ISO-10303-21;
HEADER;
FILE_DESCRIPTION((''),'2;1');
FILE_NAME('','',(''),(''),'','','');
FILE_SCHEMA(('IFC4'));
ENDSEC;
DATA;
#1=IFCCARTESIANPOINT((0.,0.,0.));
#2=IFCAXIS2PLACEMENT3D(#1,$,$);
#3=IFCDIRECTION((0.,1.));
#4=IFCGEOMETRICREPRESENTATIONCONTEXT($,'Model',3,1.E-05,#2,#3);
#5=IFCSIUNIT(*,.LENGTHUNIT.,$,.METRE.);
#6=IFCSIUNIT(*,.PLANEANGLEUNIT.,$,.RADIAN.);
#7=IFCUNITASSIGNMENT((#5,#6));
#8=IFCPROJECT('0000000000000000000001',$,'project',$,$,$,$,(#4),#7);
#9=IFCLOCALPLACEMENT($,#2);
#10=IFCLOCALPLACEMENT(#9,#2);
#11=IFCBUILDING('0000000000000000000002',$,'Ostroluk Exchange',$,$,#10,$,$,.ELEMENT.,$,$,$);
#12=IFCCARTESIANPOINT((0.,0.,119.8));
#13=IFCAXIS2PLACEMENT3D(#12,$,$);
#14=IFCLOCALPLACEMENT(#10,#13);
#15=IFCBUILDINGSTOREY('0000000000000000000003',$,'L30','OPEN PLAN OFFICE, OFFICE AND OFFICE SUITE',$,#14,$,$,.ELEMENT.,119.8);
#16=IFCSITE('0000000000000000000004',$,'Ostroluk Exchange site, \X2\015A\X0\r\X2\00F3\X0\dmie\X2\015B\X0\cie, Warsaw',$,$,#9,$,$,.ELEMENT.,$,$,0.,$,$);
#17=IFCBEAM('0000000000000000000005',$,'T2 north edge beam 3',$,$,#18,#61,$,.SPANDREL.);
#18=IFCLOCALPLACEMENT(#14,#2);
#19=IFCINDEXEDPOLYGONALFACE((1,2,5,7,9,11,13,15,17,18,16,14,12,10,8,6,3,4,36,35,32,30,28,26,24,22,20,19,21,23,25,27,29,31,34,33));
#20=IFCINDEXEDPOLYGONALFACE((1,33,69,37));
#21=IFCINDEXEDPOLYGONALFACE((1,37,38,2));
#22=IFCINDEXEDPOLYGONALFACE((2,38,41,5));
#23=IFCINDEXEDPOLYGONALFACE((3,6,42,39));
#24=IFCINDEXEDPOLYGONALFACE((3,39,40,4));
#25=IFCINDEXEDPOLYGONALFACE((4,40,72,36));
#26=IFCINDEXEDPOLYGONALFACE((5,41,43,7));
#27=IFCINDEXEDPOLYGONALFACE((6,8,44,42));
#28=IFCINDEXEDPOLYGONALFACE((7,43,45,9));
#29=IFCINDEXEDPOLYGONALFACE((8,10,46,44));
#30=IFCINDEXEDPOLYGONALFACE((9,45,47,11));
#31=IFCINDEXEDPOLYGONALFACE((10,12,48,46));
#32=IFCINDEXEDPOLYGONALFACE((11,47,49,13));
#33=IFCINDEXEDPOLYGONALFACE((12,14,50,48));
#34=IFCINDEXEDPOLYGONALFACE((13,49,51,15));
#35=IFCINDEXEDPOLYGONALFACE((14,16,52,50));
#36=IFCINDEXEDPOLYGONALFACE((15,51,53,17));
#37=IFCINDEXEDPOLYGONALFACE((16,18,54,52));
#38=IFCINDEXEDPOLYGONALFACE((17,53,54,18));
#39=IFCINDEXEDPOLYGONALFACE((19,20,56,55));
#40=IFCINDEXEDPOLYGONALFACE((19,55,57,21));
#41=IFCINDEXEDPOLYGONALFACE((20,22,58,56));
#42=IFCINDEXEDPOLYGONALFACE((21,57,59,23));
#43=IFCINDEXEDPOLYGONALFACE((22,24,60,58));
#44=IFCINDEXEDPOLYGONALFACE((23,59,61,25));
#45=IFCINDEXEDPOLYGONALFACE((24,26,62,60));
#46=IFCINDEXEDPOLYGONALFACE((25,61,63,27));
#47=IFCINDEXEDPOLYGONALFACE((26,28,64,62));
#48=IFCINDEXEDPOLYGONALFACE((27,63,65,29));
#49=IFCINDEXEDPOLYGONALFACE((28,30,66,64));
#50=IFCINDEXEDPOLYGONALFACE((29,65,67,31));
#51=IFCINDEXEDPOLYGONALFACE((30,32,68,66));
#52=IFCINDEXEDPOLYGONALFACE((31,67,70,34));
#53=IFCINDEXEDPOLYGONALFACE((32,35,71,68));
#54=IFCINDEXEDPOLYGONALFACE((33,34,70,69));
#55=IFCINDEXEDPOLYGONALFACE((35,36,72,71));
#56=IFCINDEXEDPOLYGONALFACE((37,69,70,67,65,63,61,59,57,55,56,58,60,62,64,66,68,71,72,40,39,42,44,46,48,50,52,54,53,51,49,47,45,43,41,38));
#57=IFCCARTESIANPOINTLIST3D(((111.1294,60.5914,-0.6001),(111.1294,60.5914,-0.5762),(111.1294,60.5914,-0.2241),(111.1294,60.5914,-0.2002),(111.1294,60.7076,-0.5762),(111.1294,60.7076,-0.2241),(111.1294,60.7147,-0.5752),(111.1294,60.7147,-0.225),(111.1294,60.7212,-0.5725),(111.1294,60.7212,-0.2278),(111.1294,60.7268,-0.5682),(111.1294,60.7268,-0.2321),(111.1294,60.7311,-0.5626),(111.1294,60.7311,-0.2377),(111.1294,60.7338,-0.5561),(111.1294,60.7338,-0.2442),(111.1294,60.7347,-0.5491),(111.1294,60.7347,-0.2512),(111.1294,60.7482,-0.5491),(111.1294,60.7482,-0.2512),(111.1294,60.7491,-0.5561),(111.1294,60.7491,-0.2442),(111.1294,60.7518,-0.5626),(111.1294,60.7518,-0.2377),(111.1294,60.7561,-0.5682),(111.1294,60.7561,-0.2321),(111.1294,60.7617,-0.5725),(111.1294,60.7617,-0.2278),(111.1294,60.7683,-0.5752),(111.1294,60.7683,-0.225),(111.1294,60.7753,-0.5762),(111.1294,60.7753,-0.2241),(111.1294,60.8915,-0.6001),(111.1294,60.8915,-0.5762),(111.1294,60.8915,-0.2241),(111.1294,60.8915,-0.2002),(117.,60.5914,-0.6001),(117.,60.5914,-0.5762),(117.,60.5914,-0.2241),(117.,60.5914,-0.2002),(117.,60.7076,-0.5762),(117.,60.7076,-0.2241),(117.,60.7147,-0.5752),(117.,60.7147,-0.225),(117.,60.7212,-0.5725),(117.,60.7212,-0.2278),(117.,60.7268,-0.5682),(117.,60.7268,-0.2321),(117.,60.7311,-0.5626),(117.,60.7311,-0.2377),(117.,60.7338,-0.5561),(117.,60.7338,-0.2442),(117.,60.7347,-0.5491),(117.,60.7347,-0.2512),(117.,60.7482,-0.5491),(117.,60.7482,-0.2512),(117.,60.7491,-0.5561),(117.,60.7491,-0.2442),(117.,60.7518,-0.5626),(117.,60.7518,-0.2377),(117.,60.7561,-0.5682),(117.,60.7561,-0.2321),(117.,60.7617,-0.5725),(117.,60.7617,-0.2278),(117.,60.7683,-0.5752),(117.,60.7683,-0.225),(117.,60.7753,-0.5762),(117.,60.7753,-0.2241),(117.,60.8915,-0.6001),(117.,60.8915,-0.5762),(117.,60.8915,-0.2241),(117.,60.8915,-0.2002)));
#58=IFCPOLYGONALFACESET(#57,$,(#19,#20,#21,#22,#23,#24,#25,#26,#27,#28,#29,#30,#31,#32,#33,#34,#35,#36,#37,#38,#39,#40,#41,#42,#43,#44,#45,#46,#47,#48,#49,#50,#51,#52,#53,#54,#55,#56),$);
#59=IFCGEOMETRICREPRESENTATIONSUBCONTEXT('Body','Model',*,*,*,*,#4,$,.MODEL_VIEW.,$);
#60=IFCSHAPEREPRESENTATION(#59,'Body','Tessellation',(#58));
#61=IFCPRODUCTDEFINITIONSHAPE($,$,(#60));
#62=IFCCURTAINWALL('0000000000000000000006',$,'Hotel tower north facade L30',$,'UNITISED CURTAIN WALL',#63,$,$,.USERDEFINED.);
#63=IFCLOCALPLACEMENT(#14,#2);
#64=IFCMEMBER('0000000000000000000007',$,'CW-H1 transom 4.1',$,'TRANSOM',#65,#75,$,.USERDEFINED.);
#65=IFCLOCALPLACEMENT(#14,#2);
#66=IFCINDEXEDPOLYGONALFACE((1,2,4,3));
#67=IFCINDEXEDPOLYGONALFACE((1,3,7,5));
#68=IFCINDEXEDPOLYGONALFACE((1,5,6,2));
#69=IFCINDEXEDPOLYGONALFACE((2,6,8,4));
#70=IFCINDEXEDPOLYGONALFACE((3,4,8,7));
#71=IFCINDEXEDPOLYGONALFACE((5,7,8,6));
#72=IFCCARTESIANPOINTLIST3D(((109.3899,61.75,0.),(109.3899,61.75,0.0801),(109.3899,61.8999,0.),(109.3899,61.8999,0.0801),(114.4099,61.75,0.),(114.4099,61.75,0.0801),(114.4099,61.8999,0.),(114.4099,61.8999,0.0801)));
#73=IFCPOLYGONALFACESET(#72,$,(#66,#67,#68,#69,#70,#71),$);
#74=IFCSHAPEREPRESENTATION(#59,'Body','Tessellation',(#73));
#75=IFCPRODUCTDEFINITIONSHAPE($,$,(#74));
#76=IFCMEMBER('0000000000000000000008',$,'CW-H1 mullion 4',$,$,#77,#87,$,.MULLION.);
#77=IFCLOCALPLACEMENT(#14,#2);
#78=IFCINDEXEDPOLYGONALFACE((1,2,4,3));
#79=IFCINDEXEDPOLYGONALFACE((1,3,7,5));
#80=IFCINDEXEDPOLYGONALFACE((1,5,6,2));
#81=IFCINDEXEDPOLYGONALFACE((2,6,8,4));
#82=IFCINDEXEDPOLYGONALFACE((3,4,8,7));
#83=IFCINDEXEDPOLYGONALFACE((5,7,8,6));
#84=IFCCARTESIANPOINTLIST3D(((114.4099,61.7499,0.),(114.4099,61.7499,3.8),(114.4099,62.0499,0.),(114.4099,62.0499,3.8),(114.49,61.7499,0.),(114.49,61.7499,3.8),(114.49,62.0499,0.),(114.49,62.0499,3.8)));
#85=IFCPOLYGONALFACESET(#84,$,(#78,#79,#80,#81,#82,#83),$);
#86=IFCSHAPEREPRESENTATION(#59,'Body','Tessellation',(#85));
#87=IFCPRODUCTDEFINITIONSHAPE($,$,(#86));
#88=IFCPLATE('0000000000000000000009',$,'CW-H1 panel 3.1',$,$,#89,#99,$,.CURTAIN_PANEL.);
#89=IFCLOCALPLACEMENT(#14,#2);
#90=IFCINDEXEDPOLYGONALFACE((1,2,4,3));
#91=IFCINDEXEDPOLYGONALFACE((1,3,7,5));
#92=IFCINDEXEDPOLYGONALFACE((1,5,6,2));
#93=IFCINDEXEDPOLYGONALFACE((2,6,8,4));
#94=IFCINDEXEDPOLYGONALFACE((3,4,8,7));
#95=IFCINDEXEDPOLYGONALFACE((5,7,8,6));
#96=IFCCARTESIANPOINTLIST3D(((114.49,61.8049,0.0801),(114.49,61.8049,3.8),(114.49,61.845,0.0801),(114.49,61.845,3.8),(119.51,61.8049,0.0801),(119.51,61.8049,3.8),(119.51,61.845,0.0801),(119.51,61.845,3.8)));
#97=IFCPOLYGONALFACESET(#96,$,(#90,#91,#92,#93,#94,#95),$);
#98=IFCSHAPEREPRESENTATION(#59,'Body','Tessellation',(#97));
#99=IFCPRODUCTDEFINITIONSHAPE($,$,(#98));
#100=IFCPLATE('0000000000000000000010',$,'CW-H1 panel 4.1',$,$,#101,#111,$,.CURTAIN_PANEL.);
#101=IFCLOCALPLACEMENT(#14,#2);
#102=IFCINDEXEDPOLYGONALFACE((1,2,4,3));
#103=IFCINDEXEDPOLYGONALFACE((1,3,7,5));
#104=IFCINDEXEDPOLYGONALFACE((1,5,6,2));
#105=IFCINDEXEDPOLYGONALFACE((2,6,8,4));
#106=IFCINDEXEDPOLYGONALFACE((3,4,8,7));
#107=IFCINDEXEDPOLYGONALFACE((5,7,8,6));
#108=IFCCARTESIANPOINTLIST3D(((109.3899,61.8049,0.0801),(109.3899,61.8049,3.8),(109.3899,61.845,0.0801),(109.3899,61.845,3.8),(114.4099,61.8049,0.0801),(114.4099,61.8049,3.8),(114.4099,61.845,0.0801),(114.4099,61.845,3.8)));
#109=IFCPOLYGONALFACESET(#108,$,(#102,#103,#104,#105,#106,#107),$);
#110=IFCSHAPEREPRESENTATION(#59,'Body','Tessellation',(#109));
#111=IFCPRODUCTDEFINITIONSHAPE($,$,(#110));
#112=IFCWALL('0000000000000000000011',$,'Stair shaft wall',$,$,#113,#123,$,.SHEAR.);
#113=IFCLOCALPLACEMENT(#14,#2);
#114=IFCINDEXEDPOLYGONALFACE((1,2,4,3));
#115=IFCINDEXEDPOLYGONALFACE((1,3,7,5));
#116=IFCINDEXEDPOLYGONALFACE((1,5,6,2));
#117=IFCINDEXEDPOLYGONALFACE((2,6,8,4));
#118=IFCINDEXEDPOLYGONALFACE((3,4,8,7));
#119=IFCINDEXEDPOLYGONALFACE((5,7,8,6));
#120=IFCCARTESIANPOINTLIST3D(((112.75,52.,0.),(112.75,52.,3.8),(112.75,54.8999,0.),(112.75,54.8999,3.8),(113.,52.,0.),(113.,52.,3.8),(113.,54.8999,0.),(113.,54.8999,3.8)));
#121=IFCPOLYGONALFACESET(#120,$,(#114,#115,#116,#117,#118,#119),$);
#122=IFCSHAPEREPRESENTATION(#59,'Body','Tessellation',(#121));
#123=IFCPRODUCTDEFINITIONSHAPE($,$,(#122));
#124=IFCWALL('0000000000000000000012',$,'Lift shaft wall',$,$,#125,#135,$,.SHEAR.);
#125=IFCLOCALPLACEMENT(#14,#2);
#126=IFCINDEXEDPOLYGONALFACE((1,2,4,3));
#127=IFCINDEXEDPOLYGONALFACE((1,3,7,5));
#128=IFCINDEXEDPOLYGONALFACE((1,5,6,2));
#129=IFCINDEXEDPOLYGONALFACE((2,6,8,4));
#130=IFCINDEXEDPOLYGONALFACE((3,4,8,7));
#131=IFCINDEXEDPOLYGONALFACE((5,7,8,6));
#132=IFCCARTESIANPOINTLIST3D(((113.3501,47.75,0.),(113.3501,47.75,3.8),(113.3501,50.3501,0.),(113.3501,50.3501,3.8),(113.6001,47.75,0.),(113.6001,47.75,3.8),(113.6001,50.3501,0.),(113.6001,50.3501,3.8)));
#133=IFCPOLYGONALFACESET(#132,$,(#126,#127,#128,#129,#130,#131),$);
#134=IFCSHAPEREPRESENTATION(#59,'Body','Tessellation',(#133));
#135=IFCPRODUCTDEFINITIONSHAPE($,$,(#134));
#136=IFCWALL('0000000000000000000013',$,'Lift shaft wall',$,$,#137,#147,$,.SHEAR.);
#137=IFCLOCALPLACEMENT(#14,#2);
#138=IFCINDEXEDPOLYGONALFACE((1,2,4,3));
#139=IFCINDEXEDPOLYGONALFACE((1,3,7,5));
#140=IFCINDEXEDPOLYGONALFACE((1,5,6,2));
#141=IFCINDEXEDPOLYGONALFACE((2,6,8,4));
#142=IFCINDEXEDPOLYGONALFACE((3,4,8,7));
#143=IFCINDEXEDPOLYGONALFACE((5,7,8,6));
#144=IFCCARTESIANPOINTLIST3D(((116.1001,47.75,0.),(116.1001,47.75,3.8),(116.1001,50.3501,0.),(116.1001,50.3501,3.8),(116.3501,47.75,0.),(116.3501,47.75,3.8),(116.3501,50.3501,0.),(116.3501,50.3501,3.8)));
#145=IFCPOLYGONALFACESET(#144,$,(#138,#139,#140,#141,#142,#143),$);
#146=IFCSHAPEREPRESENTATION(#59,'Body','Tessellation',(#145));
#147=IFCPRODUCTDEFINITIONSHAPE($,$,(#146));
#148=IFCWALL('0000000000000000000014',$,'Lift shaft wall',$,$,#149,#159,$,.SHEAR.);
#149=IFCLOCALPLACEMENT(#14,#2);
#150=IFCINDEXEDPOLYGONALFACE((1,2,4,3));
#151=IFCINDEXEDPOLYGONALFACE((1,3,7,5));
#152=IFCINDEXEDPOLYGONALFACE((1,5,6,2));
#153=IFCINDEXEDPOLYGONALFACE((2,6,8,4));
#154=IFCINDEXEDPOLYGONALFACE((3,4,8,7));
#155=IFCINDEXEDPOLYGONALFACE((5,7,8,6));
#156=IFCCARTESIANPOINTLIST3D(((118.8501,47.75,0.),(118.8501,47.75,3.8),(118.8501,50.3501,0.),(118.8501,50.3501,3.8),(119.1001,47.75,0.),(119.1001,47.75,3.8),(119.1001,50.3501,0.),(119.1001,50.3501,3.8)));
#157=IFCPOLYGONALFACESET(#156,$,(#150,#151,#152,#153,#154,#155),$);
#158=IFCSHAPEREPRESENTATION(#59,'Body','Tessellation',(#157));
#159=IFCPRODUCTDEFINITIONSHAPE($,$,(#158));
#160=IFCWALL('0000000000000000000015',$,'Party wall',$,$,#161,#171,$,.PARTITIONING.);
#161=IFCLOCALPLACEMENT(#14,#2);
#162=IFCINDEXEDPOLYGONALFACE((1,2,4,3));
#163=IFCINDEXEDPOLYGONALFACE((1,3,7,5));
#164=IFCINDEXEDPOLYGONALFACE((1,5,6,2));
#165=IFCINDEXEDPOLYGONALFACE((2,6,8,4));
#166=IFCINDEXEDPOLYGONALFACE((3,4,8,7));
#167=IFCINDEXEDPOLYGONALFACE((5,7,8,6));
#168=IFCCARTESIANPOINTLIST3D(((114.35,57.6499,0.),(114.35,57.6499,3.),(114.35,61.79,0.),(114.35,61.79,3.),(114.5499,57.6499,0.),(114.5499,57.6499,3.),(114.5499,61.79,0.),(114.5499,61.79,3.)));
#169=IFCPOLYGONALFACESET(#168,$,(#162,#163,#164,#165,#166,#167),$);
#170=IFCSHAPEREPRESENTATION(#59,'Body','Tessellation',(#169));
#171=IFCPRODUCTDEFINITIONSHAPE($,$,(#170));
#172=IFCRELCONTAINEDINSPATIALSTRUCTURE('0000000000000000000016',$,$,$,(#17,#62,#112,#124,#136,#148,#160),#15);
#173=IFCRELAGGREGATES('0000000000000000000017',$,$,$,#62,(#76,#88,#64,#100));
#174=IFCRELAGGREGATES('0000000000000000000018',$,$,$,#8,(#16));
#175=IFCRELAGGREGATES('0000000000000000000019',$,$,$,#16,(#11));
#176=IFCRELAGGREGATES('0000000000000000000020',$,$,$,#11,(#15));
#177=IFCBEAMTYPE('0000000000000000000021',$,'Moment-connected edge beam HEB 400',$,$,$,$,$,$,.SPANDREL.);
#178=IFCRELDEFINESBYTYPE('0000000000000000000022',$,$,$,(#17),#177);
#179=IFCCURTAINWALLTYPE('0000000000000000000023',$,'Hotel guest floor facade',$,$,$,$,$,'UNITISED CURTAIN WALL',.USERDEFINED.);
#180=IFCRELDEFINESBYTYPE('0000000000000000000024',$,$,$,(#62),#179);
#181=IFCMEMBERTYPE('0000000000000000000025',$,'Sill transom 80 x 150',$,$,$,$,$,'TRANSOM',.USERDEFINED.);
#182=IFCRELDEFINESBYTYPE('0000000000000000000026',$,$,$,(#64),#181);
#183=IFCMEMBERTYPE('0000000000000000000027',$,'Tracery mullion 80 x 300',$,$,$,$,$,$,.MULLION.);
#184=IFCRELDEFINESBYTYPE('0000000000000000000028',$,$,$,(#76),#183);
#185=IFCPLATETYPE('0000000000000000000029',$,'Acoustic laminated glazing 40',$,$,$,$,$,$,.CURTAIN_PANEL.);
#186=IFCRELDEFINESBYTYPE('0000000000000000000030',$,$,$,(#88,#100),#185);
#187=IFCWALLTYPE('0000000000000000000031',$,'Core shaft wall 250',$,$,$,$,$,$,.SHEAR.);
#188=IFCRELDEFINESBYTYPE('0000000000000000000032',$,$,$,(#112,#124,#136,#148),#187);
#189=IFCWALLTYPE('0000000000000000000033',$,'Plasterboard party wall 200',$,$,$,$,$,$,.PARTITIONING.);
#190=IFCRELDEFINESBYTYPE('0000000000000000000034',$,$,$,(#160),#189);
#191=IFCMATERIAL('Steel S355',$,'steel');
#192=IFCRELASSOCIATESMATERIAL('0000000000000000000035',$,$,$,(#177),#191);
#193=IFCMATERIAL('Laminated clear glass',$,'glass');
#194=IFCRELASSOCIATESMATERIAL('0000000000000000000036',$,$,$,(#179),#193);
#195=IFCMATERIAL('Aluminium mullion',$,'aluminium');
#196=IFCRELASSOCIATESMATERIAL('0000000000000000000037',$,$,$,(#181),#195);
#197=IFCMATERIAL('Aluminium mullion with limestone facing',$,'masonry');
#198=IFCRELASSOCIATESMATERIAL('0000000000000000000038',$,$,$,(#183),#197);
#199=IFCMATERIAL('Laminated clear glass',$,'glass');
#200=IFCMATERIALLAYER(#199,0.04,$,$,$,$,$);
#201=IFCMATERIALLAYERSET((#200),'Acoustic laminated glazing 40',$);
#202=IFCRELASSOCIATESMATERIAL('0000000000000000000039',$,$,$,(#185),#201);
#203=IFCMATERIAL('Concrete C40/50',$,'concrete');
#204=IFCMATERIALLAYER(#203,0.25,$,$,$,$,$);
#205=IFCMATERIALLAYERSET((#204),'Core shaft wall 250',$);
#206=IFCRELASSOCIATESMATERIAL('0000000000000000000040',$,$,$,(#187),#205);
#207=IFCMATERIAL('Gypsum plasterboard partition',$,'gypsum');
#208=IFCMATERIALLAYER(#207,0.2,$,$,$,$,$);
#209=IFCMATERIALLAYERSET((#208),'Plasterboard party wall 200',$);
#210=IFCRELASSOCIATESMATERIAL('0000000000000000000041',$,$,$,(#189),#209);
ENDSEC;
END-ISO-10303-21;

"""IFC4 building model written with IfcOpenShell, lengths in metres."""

from ifc_helpers import new_model, si_unit, direction, frame, frame_2d, origin, origin_2d, place, context, subcontext, project, spatial, rectangle, i_section, extrude, material, layer, layer_set, material_profile, profile_set, type_object, element, aggregate, save


model = new_model("IFC4")

# Units and contexts
model_context = context("Model", 3, precision=1e-05, world=origin(), true_north=direction((0.0, 1.0)))
body_context = subcontext(model_context, "Body", "Model", "MODEL_VIEW")
ifc_project = project(units=[si_unit("LENGTHUNIT", "METRE"), si_unit("PLANEANGLEUNIT", "RADIAN")], contexts=[model_context])

# Site, building, storey
site_placement = place(None, origin())
site = spatial("IfcSite", under=ifc_project, at=site_placement, Name="Ostroluk Exchange site, Śródmieście, Warsaw", CompositionType="ELEMENT", RefElevation=0.0)
building_placement = place(site_placement, origin())
building = spatial("IfcBuilding", under=site, at=building_placement, Name="Ostroluk Exchange", CompositionType="ELEMENT")
storey_placement = place(building_placement, frame((0.0, 0.0, 119.8)))
storey = spatial("IfcBuildingStorey", under=building, at=storey_placement, Name="L30", Description="OPEN PLAN OFFICE, OFFICE AND OFFICE SUITE", CompositionType="ELEMENT", Elevation=119.8)

# Beam
ifc_material_1 = material(Name="Steel S355", Category="steel")
ifc_material_profile_1 = material_profile(ifc_material_1, i_section(OverallWidth=0.3, OverallDepth=0.3999, WebThickness=0.0134, FlangeThickness=0.0239, FilletRadius=0.0271, at=origin_2d()), Name="HEB 400")
ifc_profile_set_1 = profile_set([ifc_material_profile_1], Name="Steel S355")
beam_type_1 = type_object("IfcBeamType", Name="Moment-connected edge beam HEB 400", PredefinedType="SPANDREL", material=ifc_profile_set_1)
beam_placement = place(storey_placement, frame((117.0, 60.7415, -0.4001), z_axis=(-1.0, 0.0, 0.0), x_axis=(0.0, -1.0, 0.0)))
element("IfcBeam", 1, at=beam_placement, inside=storey, type_object=beam_type_1, Name="T2 north edge beam 3", PredefinedType="SPANDREL", context=body_context, shape_type="SweptSolid", body=[
    extrude(i_section(OverallWidth=0.3, OverallDepth=0.3999, WebThickness=0.0134, FlangeThickness=0.0239, FilletRadius=0.0271, at=origin_2d()), origin(), (0.0, 0.0, 1.0), 5.8706),
])

# Curtain wall, members, plates
ifc_material_2 = material(Name="Laminated clear glass", Category="glass")
curtain_wall_type = type_object("IfcCurtainWallType", Name="Hotel guest floor facade", ElementType="UNITISED CURTAIN WALL", PredefinedType="USERDEFINED", material=ifc_material_2)
curtain_wall_placement = place(storey_placement, origin())
curtain_wall = element("IfcCurtainWall", 2, at=curtain_wall_placement, inside=storey, type_object=curtain_wall_type, Name="Hotel tower north facade L30", ObjectType="UNITISED CURTAIN WALL", PredefinedType="USERDEFINED")
ifc_material_3 = material(Name="Aluminium mullion", Category="aluminium")
ifc_material_profile_2 = material_profile(ifc_material_3, rectangle(XDim=0.1499, YDim=0.0801, at=origin_2d()), Name="Sill transom 80 x 150")
ifc_profile_set_2 = profile_set([ifc_material_profile_2], Name="Aluminium mullion")
member_type_1 = type_object("IfcMemberType", Name="Sill transom 80 x 150", ElementType="TRANSOM", PredefinedType="USERDEFINED", material=ifc_profile_set_2)
member_1_placement = place(storey_placement, frame((114.4099, 61.825, 0.04), z_axis=(-1.0, 0.0, 0.0), x_axis=(0.0, -1.0, 0.0)))
member_1 = element("IfcMember", 3, at=member_1_placement, type_object=member_type_1, Name="CW-H1 transom 4.1", ObjectType="TRANSOM", PredefinedType="USERDEFINED", context=body_context, shape_type="SweptSolid", body=[
    extrude(rectangle(XDim=0.1499, YDim=0.0801, at=origin_2d()), origin(), (0.0, 0.0, 1.0), 5.02),
])
ifc_material_4 = material(Name="Aluminium mullion with limestone facing", Category="masonry")
ifc_material_profile_3 = material_profile(ifc_material_4, rectangle(XDim=0.3, YDim=0.0801, at=origin_2d()), Name="Tracery mullion 80 x 300")
ifc_profile_set_3 = profile_set([ifc_material_profile_3], Name="Aluminium mullion with limestone facing")
member_type_2 = type_object("IfcMemberType", Name="Tracery mullion 80 x 300", PredefinedType="MULLION", material=ifc_profile_set_3)
member_2_placement = place(storey_placement, frame((114.45, 61.8999, 0.0), z_axis=(0.0, 0.0, 1.0), x_axis=(0.0, -1.0, 0.0)))
member_2 = element("IfcMember", 4, at=member_2_placement, type_object=member_type_2, Name="CW-H1 mullion 4", PredefinedType="MULLION", context=body_context, shape_type="SweptSolid", body=[
    extrude(rectangle(XDim=0.3, YDim=0.0801, at=origin_2d()), origin(), (0.0, 0.0, 1.0), 3.8),
])
ifc_material_5 = material(Name="Laminated clear glass", Category="glass")
ifc_layer_1 = layer(ifc_material_5, 0.04)
ifc_layer_set_1 = layer_set([ifc_layer_1], Name="Acoustic laminated glazing 40")
plate_type = type_object("IfcPlateType", Name="Acoustic laminated glazing 40", PredefinedType="CURTAIN_PANEL", material=ifc_layer_set_1)
plate_1_placement = place(storey_placement, frame((117.0, 61.825, 0.0801), z_axis=(0.0, 0.0, 1.0), x_axis=(-1.0, 0.0, 0.0)))
plate_1 = element("IfcPlate", 5, at=plate_1_placement, type_object=plate_type, Name="CW-H1 panel 3.1", PredefinedType="CURTAIN_PANEL", context=body_context, shape_type="SweptSolid", body=[
    extrude(rectangle(XDim=5.02, YDim=0.04, at=origin_2d()), origin(), (0.0, 0.0, 1.0), 3.72),
])
plate_2_placement = place(storey_placement, frame((111.8999, 61.825, 0.0801), z_axis=(0.0, 0.0, 1.0), x_axis=(-1.0, 0.0, 0.0)))
plate_2 = element("IfcPlate", 6, at=plate_2_placement, type_object=plate_type, Name="CW-H1 panel 4.1", PredefinedType="CURTAIN_PANEL", context=body_context, shape_type="SweptSolid", body=[
    extrude(rectangle(XDim=5.02, YDim=0.04, at=origin_2d()), origin(), (0.0, 0.0, 1.0), 3.72),
])
aggregate(curtain_wall, [member_2, plate_1, member_1, plate_2])

# Walls
ifc_material_6 = material(Name="Concrete C40/50", Category="concrete")
ifc_layer_2 = layer(ifc_material_6, 0.25)
ifc_layer_set_2 = layer_set([ifc_layer_2], Name="Core shaft wall 250")
wall_type_1 = type_object("IfcWallType", Name="Core shaft wall 250", PredefinedType="SHEAR", material=ifc_layer_set_2)
wall_1_placement = place(storey_placement, frame((112.875, 52.0, 0.0), z_axis=(0.0, 0.0, 1.0), x_axis=(0.0, 1.0, 0.0)))
element("IfcWall", 7, at=wall_1_placement, inside=storey, type_object=wall_type_1, Name="Stair shaft wall", PredefinedType="SHEAR", context=body_context, shape_type="SweptSolid", body=[
    extrude(rectangle(XDim=2.8999, YDim=0.25, at=frame_2d((1.45, 0.0))), origin(), (0.0, 0.0, 1.0), 3.8),
])
for number, where, z_axis, x_axis, name in (
    (8, (113.4751, 47.75, 0.0), (0.0, 0.0, 1.0), (0.0, 1.0, 0.0), "Lift shaft wall"),
    (9, (116.2251, 47.75, 0.0), (0.0, 0.0, 1.0), (0.0, 1.0, 0.0), "Lift shaft wall"),
    (10, (118.9751, 47.75, 0.0), (0.0, 0.0, 1.0), (0.0, 1.0, 0.0), "Lift shaft wall"),
):
    element("IfcWall", number, at=place(storey_placement, frame(where, z_axis=z_axis, x_axis=x_axis)), inside=storey, type_object=wall_type_1, Name=name, PredefinedType="SHEAR", context=body_context, shape_type="SweptSolid", body=[
        extrude(rectangle(XDim=2.6001, YDim=0.25, at=frame_2d((1.3, 0.0))), origin(), (0.0, 0.0, 1.0), 3.8),
    ])
ifc_material_7 = material(Name="Gypsum plasterboard partition", Category="gypsum")
ifc_layer_3 = layer(ifc_material_7, 0.2)
ifc_layer_set_3 = layer_set([ifc_layer_3], Name="Plasterboard party wall 200")
wall_type_2 = type_object("IfcWallType", Name="Plasterboard party wall 200", PredefinedType="PARTITIONING", material=ifc_layer_set_3)
wall_2_placement = place(storey_placement, frame((114.45, 57.6499, 0.0), z_axis=(0.0, 0.0, 1.0), x_axis=(0.0, 1.0, 0.0)))
element("IfcWall", 11, at=wall_2_placement, inside=storey, type_object=wall_type_2, Name="Party wall", PredefinedType="PARTITIONING", context=body_context, shape_type="SweptSolid", body=[
    extrude(rectangle(XDim=4.1401, YDim=0.2, at=frame_2d((2.0701, 0.0))), origin(), (0.0, 0.0, 1.0), 3.0),
])

save(model, "model.ifc")
